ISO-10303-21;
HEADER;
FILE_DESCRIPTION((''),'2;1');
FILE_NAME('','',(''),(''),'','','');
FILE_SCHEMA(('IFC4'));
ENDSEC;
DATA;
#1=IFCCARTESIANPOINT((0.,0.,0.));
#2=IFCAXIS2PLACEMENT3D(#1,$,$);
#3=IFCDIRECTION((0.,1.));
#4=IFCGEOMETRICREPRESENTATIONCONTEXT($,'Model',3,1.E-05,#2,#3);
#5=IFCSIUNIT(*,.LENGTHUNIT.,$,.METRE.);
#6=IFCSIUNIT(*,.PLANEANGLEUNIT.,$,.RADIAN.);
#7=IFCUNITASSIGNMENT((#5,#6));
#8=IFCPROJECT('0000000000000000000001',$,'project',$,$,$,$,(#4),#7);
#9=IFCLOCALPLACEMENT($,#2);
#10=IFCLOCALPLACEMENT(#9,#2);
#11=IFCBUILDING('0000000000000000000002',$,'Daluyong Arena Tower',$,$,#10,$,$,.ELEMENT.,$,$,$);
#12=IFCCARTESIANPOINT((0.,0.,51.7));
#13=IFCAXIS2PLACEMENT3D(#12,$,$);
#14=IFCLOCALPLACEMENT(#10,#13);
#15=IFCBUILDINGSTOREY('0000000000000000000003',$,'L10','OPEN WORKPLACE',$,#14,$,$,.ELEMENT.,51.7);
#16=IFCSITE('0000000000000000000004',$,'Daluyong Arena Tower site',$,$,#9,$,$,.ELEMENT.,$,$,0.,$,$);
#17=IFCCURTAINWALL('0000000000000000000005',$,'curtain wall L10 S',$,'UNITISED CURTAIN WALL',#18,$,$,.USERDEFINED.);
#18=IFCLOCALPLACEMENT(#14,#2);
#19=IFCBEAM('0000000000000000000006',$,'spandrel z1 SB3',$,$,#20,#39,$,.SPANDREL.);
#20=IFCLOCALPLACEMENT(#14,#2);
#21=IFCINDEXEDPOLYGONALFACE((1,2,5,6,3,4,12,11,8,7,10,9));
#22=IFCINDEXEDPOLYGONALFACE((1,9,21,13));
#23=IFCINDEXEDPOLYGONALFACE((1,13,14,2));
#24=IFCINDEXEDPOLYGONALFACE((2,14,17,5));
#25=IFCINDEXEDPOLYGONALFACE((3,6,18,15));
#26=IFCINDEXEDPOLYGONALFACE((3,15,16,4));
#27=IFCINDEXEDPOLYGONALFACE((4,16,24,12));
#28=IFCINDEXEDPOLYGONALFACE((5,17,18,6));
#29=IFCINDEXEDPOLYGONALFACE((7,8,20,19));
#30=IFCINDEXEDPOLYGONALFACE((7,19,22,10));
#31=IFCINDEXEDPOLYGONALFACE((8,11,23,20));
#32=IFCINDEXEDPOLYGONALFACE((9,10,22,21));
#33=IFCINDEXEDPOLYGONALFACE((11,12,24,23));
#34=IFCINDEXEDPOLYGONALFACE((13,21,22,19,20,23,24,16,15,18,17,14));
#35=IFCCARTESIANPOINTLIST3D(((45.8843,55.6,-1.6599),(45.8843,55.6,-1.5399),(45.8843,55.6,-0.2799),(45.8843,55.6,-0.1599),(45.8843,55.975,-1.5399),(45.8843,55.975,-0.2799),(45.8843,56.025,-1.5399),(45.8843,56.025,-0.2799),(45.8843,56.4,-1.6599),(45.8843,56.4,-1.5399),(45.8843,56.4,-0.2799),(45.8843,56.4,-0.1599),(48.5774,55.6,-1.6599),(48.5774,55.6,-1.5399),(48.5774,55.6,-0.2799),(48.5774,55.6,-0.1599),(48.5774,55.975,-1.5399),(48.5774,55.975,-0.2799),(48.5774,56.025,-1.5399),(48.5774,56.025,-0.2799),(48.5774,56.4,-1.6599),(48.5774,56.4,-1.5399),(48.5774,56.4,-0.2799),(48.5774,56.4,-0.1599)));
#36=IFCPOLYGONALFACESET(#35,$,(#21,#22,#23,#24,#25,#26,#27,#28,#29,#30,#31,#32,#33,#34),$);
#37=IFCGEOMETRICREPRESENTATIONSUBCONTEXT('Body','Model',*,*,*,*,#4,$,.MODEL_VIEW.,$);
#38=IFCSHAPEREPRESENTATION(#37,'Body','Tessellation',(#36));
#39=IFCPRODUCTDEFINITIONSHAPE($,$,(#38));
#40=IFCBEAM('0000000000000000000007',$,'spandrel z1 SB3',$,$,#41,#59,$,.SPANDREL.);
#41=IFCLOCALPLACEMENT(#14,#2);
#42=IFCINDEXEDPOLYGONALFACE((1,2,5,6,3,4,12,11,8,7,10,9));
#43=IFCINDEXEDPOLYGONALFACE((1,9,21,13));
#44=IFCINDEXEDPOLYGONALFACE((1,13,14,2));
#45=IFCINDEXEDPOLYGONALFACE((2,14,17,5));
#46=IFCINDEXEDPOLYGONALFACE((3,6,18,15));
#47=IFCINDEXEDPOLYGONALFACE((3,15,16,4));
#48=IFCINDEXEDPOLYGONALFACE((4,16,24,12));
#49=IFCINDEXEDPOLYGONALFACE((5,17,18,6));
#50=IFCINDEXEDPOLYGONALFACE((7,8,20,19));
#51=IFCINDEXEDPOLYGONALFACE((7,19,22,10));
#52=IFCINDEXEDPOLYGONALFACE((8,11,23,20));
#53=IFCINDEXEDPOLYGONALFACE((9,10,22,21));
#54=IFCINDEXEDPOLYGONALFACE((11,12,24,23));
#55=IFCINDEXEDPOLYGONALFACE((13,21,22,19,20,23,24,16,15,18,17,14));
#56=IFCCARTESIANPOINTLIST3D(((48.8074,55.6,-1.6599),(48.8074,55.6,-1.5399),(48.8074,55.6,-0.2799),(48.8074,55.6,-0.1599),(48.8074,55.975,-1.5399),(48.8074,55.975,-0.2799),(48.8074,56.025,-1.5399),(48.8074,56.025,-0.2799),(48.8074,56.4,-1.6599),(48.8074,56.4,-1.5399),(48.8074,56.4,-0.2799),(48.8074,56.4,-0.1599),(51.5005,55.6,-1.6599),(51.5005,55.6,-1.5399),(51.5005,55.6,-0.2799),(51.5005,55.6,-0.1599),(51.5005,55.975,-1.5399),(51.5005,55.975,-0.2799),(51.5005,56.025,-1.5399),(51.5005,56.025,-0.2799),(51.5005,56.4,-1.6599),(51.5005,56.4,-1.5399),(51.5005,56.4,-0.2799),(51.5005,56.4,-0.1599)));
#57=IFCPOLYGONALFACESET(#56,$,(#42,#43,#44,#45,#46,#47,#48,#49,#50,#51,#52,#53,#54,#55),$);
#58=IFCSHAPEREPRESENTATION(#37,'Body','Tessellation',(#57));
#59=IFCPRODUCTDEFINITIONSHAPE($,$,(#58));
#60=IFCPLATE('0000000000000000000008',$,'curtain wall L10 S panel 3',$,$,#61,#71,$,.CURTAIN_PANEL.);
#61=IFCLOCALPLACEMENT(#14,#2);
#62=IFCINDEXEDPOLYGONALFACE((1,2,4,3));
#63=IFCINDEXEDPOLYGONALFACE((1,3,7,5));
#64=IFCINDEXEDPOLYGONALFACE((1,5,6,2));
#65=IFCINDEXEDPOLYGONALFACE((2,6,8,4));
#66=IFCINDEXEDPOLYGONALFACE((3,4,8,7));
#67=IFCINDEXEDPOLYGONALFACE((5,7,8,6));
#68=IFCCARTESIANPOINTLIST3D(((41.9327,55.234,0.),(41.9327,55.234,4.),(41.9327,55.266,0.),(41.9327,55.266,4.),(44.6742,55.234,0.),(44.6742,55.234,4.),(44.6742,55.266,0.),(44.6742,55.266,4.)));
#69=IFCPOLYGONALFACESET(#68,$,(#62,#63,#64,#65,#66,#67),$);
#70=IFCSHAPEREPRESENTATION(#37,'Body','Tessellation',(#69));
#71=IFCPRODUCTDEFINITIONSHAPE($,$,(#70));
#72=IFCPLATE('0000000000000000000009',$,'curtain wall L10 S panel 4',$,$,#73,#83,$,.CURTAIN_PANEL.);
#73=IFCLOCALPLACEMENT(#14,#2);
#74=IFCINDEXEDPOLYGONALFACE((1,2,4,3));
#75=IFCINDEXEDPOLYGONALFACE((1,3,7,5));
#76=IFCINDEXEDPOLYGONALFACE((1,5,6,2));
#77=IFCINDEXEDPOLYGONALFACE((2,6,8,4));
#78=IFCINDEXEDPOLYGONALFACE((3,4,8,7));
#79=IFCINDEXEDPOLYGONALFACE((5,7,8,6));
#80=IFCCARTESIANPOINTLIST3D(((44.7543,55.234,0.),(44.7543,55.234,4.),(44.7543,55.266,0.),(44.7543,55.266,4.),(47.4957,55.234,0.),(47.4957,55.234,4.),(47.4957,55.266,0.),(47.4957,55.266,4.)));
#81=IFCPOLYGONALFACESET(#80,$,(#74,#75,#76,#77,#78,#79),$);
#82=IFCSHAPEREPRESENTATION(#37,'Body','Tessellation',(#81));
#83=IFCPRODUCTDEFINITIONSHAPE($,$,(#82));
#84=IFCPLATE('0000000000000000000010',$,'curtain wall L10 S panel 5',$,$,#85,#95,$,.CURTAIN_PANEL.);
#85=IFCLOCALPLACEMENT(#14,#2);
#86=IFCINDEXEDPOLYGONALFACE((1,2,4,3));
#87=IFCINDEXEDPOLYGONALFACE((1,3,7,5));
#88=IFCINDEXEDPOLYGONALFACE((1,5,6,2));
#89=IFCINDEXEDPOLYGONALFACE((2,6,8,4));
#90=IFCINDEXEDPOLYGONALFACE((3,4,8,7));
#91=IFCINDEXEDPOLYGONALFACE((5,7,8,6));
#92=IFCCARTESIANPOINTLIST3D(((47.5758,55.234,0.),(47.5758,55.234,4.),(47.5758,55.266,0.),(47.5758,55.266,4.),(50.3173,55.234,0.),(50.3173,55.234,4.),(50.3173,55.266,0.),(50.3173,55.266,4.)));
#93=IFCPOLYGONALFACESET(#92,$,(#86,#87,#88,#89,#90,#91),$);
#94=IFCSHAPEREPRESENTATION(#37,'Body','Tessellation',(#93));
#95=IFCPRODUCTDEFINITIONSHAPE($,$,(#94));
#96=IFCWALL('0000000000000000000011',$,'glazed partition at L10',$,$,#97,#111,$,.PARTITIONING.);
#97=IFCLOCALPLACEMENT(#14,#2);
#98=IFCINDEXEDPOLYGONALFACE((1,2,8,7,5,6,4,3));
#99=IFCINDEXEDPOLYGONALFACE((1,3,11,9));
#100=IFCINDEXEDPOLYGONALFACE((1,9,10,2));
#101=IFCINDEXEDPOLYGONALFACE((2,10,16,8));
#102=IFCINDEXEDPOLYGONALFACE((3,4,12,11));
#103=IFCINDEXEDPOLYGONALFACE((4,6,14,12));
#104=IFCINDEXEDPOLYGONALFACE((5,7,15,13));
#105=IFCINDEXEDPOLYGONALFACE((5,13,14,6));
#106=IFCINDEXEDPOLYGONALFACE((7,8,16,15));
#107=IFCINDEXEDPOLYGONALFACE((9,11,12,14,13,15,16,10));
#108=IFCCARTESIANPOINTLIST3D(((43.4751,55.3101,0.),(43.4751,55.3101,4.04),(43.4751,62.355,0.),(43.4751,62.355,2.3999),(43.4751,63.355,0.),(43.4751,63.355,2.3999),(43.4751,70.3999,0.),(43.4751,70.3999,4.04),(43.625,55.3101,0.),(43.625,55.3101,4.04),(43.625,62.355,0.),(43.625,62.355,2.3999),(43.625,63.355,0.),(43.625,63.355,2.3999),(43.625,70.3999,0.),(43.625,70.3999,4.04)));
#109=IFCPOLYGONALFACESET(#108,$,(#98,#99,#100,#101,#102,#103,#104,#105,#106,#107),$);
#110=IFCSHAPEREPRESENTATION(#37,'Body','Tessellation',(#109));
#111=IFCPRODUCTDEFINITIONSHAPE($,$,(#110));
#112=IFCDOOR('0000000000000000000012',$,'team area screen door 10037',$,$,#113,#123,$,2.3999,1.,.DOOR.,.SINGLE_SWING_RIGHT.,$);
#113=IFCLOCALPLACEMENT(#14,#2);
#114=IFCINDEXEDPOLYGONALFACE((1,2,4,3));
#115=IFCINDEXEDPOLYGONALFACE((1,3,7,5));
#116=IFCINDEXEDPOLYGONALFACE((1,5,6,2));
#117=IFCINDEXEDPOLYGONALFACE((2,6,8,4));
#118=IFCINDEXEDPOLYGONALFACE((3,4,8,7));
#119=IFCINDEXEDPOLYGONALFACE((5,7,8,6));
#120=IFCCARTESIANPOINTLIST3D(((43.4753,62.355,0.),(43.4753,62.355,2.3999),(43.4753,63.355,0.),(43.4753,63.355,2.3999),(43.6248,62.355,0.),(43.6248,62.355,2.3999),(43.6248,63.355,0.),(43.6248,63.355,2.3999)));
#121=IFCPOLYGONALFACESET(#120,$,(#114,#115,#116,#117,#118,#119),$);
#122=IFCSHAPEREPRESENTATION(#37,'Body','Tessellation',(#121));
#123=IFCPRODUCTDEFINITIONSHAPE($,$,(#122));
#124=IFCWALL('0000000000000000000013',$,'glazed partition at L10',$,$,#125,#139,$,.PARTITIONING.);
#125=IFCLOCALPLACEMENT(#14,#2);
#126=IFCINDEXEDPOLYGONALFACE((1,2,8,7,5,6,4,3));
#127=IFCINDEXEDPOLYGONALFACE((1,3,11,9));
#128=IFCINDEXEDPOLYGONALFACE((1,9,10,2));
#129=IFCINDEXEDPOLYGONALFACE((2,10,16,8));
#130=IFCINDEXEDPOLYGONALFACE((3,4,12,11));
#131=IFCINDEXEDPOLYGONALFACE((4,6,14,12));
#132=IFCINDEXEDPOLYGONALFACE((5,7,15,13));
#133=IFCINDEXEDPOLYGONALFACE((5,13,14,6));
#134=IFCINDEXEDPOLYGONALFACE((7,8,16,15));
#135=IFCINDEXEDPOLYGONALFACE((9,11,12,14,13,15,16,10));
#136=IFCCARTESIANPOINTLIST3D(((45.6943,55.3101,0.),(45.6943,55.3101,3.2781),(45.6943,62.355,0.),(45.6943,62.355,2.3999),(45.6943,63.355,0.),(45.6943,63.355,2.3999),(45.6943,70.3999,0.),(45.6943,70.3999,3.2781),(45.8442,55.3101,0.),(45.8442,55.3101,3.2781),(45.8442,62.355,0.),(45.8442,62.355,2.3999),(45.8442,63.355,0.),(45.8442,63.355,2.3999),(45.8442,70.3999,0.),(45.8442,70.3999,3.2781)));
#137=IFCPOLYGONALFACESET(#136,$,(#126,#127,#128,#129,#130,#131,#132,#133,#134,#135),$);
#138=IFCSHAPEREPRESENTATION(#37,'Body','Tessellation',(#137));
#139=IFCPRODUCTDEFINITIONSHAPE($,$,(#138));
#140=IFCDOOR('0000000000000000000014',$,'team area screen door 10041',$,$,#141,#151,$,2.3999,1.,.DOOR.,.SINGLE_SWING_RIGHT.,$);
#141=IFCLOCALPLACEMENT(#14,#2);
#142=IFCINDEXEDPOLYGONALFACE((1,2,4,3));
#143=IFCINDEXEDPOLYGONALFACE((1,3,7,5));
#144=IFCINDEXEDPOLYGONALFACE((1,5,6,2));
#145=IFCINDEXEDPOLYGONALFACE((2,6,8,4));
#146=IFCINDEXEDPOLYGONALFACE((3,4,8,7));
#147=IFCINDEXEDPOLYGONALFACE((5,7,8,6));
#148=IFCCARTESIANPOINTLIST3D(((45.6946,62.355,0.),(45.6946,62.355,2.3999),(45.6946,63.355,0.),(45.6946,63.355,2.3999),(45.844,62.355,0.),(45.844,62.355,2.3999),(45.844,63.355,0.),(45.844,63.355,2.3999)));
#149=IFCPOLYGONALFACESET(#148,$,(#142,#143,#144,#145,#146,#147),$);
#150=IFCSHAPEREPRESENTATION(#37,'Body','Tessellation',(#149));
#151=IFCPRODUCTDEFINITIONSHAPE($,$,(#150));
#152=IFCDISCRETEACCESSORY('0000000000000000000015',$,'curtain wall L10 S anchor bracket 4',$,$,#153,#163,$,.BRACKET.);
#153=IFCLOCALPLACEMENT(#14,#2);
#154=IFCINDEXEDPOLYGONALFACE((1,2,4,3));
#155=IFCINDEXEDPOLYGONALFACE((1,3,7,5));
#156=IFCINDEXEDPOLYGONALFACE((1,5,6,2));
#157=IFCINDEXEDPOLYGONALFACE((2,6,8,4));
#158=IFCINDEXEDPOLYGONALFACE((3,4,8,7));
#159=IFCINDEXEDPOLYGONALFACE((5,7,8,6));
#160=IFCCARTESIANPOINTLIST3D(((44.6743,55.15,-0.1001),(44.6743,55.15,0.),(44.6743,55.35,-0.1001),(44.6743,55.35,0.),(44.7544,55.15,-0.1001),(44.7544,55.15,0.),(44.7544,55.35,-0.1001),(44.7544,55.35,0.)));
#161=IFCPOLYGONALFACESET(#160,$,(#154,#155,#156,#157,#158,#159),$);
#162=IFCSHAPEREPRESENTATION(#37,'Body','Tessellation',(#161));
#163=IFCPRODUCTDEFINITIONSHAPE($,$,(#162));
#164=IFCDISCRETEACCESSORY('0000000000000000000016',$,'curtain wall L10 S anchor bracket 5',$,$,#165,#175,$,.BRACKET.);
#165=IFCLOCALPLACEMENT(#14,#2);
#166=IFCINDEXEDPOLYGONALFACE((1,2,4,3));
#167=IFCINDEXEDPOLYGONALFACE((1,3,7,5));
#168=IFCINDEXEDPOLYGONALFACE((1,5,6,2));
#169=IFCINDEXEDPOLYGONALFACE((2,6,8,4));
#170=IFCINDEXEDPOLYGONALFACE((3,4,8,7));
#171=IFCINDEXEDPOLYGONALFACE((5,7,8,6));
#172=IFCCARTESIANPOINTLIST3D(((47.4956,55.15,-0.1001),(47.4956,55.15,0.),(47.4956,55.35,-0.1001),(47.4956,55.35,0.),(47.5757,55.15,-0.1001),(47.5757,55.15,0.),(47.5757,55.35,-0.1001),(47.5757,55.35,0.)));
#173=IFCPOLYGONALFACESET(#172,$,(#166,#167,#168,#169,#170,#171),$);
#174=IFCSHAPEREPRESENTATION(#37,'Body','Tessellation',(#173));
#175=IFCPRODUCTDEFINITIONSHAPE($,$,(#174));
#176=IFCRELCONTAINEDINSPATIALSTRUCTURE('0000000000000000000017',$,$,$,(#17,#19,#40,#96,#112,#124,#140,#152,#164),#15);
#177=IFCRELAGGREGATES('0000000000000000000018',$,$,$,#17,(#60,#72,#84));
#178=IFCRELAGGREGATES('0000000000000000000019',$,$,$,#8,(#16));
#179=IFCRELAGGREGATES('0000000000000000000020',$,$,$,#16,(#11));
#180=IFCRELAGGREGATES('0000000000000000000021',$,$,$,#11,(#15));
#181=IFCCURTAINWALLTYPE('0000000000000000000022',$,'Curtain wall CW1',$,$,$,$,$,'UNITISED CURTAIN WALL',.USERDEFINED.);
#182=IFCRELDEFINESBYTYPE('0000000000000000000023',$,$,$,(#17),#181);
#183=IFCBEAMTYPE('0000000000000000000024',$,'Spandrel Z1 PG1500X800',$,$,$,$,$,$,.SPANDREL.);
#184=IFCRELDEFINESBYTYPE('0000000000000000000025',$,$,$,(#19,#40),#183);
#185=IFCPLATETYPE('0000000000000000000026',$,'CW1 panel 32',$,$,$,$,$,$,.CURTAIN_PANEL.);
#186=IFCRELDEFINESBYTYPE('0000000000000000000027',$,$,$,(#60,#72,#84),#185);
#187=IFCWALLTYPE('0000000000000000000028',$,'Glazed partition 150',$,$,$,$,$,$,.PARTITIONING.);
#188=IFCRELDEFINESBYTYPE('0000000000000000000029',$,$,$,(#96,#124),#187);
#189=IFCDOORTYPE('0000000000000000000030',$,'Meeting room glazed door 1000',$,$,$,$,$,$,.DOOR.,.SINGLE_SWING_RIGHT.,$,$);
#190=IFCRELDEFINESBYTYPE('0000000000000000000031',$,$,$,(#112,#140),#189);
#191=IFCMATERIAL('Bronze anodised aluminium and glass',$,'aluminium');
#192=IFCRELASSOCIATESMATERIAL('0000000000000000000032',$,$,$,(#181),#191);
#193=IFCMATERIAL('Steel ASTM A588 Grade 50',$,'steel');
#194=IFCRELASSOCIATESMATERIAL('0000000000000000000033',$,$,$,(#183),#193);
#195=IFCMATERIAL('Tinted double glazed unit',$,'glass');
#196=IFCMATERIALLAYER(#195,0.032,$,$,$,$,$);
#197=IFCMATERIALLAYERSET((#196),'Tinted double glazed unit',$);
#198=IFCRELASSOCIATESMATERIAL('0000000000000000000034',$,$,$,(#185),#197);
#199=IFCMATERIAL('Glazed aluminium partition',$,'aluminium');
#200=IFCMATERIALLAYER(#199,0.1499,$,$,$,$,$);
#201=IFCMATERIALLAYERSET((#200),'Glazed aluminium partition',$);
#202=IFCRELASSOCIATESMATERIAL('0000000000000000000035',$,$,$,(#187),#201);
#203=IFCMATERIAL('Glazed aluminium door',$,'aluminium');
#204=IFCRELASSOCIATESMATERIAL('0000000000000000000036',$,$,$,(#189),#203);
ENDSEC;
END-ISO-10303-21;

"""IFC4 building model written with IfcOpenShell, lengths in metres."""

from ifc_helpers import new_model, si_unit, direction, frame, frame_2d, origin, origin_2d, place, context, subcontext, project, spatial, rectangle, i_section, extrude, material, layer, layer_set, material_profile, profile_set, type_object, element, fill, aggregate, save


model = new_model("IFC4")

# Units and contexts
model_context = context("Model", 3, precision=1e-05, world=origin(), true_north=direction((0.0, 1.0)))
body_context = subcontext(model_context, "Body", "Model", "MODEL_VIEW")
ifc_project = project(units=[si_unit("LENGTHUNIT", "METRE"), si_unit("PLANEANGLEUNIT", "RADIAN")], contexts=[model_context])

# Site, building, storey
site_placement = place(None, origin())
site = spatial("IfcSite", under=ifc_project, at=site_placement, Name="Daluyong Arena Tower site", CompositionType="ELEMENT", RefElevation=0.0)
building_placement = place(site_placement, origin())
building = spatial("IfcBuilding", under=site, at=building_placement, Name="Daluyong Arena Tower", CompositionType="ELEMENT")
storey_placement = place(building_placement, frame((0.0, 0.0, 51.7)))
storey = spatial("IfcBuildingStorey", under=building, at=storey_placement, Name="L10", Description="OPEN WORKPLACE", CompositionType="ELEMENT", Elevation=51.7)

# Curtain wall
ifc_material_1 = material(Name="Bronze anodised aluminium and glass", Category="aluminium")
curtain_wall_type = type_object("IfcCurtainWallType", Name="Curtain wall CW1", ElementType="UNITISED CURTAIN WALL", PredefinedType="USERDEFINED", material=ifc_material_1)
curtain_wall_placement = place(storey_placement, origin())
curtain_wall = element("IfcCurtainWall", 1, at=curtain_wall_placement, inside=storey, type_object=curtain_wall_type, Name="curtain wall L10 S", ObjectType="UNITISED CURTAIN WALL", PredefinedType="USERDEFINED")

# Beams
ifc_material_2 = material(Name="Steel ASTM A588 Grade 50", Category="steel")
ifc_material_profile_1 = material_profile(ifc_material_2, i_section(OverallWidth=0.8, OverallDepth=1.5, WebThickness=0.05, FlangeThickness=0.12, at=origin_2d()))
ifc_profile_set_1 = profile_set([ifc_material_profile_1], Name="Steel ASTM A588 Grade 50")
beam_type_1 = type_object("IfcBeamType", Name="Spandrel Z1 PG1500X800", PredefinedType="SPANDREL", material=ifc_profile_set_1)
for number, where, z_axis, x_axis, name in (
    (2, (45.8843, 56.0, -0.9099), (1.0, 0.0, 0.0), (0.0, 1.0, 0.0), "spandrel z1 SB3"),
    (3, (48.8074, 56.0, -0.9099), (1.0, 0.0, 0.0), (0.0, 1.0, 0.0), "spandrel z1 SB3"),
):
    element("IfcBeam", number, at=place(storey_placement, frame(where, z_axis=z_axis, x_axis=x_axis)), inside=storey, type_object=beam_type_1, Name=name, PredefinedType="SPANDREL", context=body_context, shape_type="SweptSolid", body=[
        extrude(i_section(OverallWidth=0.8, OverallDepth=1.5, WebThickness=0.05, FlangeThickness=0.12, at=origin_2d()), origin(), (0.0, 0.0, 1.0), 2.6931),
    ])

# Plates
ifc_material_3 = material(Name="Tinted double glazed unit", Category="glass")
ifc_layer_1 = layer(ifc_material_3, 0.032)
ifc_layer_set_1 = layer_set([ifc_layer_1], Name="Tinted double glazed unit")
plate_type = type_object("IfcPlateType", Name="CW1 panel 32", PredefinedType="CURTAIN_PANEL", material=ifc_layer_set_1)
plate_1_placement = place(storey_placement, frame((43.3035, 55.25, 0.0), z_axis=(0.0, 0.0, 1.0), x_axis=(1.0, 0.0, 0.0)))
plate_1 = element("IfcPlate", 4, at=plate_1_placement, type_object=plate_type, Name="curtain wall L10 S panel 3", PredefinedType="CURTAIN_PANEL", context=body_context, shape_type="SweptSolid", body=[
    extrude(rectangle(XDim=2.7415, YDim=0.032, at=origin_2d()), origin(), (0.0, 0.0, 1.0), 4.0),
])
plate_2_placement = place(storey_placement, frame((46.125, 55.25, 0.0), z_axis=(0.0, 0.0, 1.0), x_axis=(1.0, 0.0, 0.0)))
plate_2 = element("IfcPlate", 5, at=plate_2_placement, type_object=plate_type, Name="curtain wall L10 S panel 4", PredefinedType="CURTAIN_PANEL", context=body_context, shape_type="SweptSolid", body=[
    extrude(rectangle(XDim=2.7415, YDim=0.032, at=origin_2d()), origin(), (0.0, 0.0, 1.0), 4.0),
])
plate_3_placement = place(storey_placement, frame((48.9465, 55.25, 0.0), z_axis=(0.0, 0.0, 1.0), x_axis=(1.0, 0.0, 0.0)))
plate_3 = element("IfcPlate", 6, at=plate_3_placement, type_object=plate_type, Name="curtain wall L10 S panel 5", PredefinedType="CURTAIN_PANEL", context=body_context, shape_type="SweptSolid", body=[
    extrude(rectangle(XDim=2.7415, YDim=0.032, at=origin_2d()), origin(), (0.0, 0.0, 1.0), 4.0),
])
aggregate(curtain_wall, [plate_1, plate_2, plate_3])

# Walls, openings, doors
ifc_material_4 = material(Name="Glazed aluminium partition", Category="aluminium")
ifc_layer_2 = layer(ifc_material_4, 0.1499)
ifc_layer_set_2 = layer_set([ifc_layer_2], Name="Glazed aluminium partition")
wall_type = type_object("IfcWallType", Name="Glazed partition 150", PredefinedType="PARTITIONING", material=ifc_layer_set_2)
wall_1_placement = place(storey_placement, frame((43.55, 55.3101, 0.0), z_axis=(0.0, 0.0, 1.0), x_axis=(0.0, 1.0, 0.0)))
wall_1 = element("IfcWall", 7, at=wall_1_placement, inside=storey, type_object=wall_type, Name="glazed partition at L10", PredefinedType="PARTITIONING", context=body_context, shape_type="SweptSolid", body=[
    extrude(rectangle(XDim=15.0898, YDim=0.1499, at=frame_2d((7.5449, 0.0))), origin(), (0.0, 0.0, 1.0), 4.04),
])
opening_1_placement = place(wall_1_placement, frame((7.0449, 0.0, 0.0)))
opening_1 = element("IfcOpeningElement", 8, at=opening_1_placement, cuts=wall_1, PredefinedType="OPENING", context=body_context, shape_type="SweptSolid", body=[
    extrude(rectangle(XDim=1.0, YDim=2.3999, at=frame_2d((0.5, 1.2))), frame((0.0, 0.085, 0.0), z_axis=(0.0, -1.0, 0.0), x_axis=(1.0, 0.0, 0.0)), (0.0, 0.0, 1.0), 0.1699),
])
ifc_material_5 = material(Name="Glazed aluminium door", Category="aluminium")
door_type = type_object("IfcDoorType", Name="Meeting room glazed door 1000", OperationType="SINGLE_SWING_RIGHT", PredefinedType="DOOR", material=ifc_material_5)
door_1_placement = place(opening_1_placement, origin())
door_1 = element("IfcDoor", 9, at=door_1_placement, inside=storey, type_object=door_type, Name="team area screen door 10037", OperationType="SINGLE_SWING_RIGHT", OverallHeight=2.3999, OverallWidth=1.0, PredefinedType="DOOR", context=body_context, shape_type="SweptSolid", body=[
    extrude(rectangle(XDim=1.0, YDim=2.3999, at=frame_2d((0.5, 1.2))), frame((0.0, 0.0747, 0.0), z_axis=(0.0, -1.0, 0.0), x_axis=(1.0, 0.0, 0.0)), (0.0, 0.0, 1.0), 0.1494),
])
fill(opening_1, door_1)
wall_2_placement = place(storey_placement, frame((45.7693, 55.3101, 0.0), z_axis=(0.0, 0.0, 1.0), x_axis=(0.0, 1.0, 0.0)))
wall_2 = element("IfcWall", 10, at=wall_2_placement, inside=storey, type_object=wall_type, Name="glazed partition at L10", PredefinedType="PARTITIONING", context=body_context, shape_type="SweptSolid", body=[
    extrude(rectangle(XDim=15.0898, YDim=0.1499, at=frame_2d((7.5449, 0.0))), origin(), (0.0, 0.0, 1.0), 3.2781),
])
opening_2_placement = place(wall_2_placement, frame((7.0449, 0.0, 0.0)))
opening_2 = element("IfcOpeningElement", 11, at=opening_2_placement, cuts=wall_2, PredefinedType="OPENING", context=body_context, shape_type="SweptSolid", body=[
    extrude(rectangle(XDim=1.0, YDim=2.3999, at=frame_2d((0.5, 1.2))), frame((0.0, 0.085, 0.0), z_axis=(0.0, -1.0, 0.0), x_axis=(1.0, 0.0, 0.0)), (0.0, 0.0, 1.0), 0.1699),
])
door_2_placement = place(opening_2_placement, origin())
door_2 = element("IfcDoor", 12, at=door_2_placement, inside=storey, type_object=door_type, Name="team area screen door 10041", OperationType="SINGLE_SWING_RIGHT", OverallHeight=2.3999, OverallWidth=1.0, PredefinedType="DOOR", context=body_context, shape_type="SweptSolid", body=[
    extrude(rectangle(XDim=1.0, YDim=2.3999, at=frame_2d((0.5, 1.2))), frame((0.0, 0.0747, 0.0), z_axis=(0.0, -1.0, 0.0), x_axis=(1.0, 0.0, 0.0)), (0.0, 0.0, 1.0), 0.1494),
])
fill(opening_2, door_2)

# Discrete accessories
for number, where, z_axis, x_axis, name in (
    (13, (44.7144, 55.25, -0.1001), (0.0, 0.0, 1.0), (1.0, 0.0, 0.0), "curtain wall L10 S anchor bracket 4"),
    (14, (47.5356, 55.25, -0.1001), (0.0, 0.0, 1.0), (1.0, 0.0, 0.0), "curtain wall L10 S anchor bracket 5"),
):
    element("IfcDiscreteAccessory", number, at=place(storey_placement, frame(where, z_axis=z_axis, x_axis=x_axis)), inside=storey, Name=name, PredefinedType="BRACKET", context=body_context, shape_type="SweptSolid", body=[
        extrude(rectangle(XDim=0.0801, YDim=0.2, at=origin_2d()), origin(), (0.0, 0.0, 1.0), 0.1001),
    ])

save(model, "model.ifc")
